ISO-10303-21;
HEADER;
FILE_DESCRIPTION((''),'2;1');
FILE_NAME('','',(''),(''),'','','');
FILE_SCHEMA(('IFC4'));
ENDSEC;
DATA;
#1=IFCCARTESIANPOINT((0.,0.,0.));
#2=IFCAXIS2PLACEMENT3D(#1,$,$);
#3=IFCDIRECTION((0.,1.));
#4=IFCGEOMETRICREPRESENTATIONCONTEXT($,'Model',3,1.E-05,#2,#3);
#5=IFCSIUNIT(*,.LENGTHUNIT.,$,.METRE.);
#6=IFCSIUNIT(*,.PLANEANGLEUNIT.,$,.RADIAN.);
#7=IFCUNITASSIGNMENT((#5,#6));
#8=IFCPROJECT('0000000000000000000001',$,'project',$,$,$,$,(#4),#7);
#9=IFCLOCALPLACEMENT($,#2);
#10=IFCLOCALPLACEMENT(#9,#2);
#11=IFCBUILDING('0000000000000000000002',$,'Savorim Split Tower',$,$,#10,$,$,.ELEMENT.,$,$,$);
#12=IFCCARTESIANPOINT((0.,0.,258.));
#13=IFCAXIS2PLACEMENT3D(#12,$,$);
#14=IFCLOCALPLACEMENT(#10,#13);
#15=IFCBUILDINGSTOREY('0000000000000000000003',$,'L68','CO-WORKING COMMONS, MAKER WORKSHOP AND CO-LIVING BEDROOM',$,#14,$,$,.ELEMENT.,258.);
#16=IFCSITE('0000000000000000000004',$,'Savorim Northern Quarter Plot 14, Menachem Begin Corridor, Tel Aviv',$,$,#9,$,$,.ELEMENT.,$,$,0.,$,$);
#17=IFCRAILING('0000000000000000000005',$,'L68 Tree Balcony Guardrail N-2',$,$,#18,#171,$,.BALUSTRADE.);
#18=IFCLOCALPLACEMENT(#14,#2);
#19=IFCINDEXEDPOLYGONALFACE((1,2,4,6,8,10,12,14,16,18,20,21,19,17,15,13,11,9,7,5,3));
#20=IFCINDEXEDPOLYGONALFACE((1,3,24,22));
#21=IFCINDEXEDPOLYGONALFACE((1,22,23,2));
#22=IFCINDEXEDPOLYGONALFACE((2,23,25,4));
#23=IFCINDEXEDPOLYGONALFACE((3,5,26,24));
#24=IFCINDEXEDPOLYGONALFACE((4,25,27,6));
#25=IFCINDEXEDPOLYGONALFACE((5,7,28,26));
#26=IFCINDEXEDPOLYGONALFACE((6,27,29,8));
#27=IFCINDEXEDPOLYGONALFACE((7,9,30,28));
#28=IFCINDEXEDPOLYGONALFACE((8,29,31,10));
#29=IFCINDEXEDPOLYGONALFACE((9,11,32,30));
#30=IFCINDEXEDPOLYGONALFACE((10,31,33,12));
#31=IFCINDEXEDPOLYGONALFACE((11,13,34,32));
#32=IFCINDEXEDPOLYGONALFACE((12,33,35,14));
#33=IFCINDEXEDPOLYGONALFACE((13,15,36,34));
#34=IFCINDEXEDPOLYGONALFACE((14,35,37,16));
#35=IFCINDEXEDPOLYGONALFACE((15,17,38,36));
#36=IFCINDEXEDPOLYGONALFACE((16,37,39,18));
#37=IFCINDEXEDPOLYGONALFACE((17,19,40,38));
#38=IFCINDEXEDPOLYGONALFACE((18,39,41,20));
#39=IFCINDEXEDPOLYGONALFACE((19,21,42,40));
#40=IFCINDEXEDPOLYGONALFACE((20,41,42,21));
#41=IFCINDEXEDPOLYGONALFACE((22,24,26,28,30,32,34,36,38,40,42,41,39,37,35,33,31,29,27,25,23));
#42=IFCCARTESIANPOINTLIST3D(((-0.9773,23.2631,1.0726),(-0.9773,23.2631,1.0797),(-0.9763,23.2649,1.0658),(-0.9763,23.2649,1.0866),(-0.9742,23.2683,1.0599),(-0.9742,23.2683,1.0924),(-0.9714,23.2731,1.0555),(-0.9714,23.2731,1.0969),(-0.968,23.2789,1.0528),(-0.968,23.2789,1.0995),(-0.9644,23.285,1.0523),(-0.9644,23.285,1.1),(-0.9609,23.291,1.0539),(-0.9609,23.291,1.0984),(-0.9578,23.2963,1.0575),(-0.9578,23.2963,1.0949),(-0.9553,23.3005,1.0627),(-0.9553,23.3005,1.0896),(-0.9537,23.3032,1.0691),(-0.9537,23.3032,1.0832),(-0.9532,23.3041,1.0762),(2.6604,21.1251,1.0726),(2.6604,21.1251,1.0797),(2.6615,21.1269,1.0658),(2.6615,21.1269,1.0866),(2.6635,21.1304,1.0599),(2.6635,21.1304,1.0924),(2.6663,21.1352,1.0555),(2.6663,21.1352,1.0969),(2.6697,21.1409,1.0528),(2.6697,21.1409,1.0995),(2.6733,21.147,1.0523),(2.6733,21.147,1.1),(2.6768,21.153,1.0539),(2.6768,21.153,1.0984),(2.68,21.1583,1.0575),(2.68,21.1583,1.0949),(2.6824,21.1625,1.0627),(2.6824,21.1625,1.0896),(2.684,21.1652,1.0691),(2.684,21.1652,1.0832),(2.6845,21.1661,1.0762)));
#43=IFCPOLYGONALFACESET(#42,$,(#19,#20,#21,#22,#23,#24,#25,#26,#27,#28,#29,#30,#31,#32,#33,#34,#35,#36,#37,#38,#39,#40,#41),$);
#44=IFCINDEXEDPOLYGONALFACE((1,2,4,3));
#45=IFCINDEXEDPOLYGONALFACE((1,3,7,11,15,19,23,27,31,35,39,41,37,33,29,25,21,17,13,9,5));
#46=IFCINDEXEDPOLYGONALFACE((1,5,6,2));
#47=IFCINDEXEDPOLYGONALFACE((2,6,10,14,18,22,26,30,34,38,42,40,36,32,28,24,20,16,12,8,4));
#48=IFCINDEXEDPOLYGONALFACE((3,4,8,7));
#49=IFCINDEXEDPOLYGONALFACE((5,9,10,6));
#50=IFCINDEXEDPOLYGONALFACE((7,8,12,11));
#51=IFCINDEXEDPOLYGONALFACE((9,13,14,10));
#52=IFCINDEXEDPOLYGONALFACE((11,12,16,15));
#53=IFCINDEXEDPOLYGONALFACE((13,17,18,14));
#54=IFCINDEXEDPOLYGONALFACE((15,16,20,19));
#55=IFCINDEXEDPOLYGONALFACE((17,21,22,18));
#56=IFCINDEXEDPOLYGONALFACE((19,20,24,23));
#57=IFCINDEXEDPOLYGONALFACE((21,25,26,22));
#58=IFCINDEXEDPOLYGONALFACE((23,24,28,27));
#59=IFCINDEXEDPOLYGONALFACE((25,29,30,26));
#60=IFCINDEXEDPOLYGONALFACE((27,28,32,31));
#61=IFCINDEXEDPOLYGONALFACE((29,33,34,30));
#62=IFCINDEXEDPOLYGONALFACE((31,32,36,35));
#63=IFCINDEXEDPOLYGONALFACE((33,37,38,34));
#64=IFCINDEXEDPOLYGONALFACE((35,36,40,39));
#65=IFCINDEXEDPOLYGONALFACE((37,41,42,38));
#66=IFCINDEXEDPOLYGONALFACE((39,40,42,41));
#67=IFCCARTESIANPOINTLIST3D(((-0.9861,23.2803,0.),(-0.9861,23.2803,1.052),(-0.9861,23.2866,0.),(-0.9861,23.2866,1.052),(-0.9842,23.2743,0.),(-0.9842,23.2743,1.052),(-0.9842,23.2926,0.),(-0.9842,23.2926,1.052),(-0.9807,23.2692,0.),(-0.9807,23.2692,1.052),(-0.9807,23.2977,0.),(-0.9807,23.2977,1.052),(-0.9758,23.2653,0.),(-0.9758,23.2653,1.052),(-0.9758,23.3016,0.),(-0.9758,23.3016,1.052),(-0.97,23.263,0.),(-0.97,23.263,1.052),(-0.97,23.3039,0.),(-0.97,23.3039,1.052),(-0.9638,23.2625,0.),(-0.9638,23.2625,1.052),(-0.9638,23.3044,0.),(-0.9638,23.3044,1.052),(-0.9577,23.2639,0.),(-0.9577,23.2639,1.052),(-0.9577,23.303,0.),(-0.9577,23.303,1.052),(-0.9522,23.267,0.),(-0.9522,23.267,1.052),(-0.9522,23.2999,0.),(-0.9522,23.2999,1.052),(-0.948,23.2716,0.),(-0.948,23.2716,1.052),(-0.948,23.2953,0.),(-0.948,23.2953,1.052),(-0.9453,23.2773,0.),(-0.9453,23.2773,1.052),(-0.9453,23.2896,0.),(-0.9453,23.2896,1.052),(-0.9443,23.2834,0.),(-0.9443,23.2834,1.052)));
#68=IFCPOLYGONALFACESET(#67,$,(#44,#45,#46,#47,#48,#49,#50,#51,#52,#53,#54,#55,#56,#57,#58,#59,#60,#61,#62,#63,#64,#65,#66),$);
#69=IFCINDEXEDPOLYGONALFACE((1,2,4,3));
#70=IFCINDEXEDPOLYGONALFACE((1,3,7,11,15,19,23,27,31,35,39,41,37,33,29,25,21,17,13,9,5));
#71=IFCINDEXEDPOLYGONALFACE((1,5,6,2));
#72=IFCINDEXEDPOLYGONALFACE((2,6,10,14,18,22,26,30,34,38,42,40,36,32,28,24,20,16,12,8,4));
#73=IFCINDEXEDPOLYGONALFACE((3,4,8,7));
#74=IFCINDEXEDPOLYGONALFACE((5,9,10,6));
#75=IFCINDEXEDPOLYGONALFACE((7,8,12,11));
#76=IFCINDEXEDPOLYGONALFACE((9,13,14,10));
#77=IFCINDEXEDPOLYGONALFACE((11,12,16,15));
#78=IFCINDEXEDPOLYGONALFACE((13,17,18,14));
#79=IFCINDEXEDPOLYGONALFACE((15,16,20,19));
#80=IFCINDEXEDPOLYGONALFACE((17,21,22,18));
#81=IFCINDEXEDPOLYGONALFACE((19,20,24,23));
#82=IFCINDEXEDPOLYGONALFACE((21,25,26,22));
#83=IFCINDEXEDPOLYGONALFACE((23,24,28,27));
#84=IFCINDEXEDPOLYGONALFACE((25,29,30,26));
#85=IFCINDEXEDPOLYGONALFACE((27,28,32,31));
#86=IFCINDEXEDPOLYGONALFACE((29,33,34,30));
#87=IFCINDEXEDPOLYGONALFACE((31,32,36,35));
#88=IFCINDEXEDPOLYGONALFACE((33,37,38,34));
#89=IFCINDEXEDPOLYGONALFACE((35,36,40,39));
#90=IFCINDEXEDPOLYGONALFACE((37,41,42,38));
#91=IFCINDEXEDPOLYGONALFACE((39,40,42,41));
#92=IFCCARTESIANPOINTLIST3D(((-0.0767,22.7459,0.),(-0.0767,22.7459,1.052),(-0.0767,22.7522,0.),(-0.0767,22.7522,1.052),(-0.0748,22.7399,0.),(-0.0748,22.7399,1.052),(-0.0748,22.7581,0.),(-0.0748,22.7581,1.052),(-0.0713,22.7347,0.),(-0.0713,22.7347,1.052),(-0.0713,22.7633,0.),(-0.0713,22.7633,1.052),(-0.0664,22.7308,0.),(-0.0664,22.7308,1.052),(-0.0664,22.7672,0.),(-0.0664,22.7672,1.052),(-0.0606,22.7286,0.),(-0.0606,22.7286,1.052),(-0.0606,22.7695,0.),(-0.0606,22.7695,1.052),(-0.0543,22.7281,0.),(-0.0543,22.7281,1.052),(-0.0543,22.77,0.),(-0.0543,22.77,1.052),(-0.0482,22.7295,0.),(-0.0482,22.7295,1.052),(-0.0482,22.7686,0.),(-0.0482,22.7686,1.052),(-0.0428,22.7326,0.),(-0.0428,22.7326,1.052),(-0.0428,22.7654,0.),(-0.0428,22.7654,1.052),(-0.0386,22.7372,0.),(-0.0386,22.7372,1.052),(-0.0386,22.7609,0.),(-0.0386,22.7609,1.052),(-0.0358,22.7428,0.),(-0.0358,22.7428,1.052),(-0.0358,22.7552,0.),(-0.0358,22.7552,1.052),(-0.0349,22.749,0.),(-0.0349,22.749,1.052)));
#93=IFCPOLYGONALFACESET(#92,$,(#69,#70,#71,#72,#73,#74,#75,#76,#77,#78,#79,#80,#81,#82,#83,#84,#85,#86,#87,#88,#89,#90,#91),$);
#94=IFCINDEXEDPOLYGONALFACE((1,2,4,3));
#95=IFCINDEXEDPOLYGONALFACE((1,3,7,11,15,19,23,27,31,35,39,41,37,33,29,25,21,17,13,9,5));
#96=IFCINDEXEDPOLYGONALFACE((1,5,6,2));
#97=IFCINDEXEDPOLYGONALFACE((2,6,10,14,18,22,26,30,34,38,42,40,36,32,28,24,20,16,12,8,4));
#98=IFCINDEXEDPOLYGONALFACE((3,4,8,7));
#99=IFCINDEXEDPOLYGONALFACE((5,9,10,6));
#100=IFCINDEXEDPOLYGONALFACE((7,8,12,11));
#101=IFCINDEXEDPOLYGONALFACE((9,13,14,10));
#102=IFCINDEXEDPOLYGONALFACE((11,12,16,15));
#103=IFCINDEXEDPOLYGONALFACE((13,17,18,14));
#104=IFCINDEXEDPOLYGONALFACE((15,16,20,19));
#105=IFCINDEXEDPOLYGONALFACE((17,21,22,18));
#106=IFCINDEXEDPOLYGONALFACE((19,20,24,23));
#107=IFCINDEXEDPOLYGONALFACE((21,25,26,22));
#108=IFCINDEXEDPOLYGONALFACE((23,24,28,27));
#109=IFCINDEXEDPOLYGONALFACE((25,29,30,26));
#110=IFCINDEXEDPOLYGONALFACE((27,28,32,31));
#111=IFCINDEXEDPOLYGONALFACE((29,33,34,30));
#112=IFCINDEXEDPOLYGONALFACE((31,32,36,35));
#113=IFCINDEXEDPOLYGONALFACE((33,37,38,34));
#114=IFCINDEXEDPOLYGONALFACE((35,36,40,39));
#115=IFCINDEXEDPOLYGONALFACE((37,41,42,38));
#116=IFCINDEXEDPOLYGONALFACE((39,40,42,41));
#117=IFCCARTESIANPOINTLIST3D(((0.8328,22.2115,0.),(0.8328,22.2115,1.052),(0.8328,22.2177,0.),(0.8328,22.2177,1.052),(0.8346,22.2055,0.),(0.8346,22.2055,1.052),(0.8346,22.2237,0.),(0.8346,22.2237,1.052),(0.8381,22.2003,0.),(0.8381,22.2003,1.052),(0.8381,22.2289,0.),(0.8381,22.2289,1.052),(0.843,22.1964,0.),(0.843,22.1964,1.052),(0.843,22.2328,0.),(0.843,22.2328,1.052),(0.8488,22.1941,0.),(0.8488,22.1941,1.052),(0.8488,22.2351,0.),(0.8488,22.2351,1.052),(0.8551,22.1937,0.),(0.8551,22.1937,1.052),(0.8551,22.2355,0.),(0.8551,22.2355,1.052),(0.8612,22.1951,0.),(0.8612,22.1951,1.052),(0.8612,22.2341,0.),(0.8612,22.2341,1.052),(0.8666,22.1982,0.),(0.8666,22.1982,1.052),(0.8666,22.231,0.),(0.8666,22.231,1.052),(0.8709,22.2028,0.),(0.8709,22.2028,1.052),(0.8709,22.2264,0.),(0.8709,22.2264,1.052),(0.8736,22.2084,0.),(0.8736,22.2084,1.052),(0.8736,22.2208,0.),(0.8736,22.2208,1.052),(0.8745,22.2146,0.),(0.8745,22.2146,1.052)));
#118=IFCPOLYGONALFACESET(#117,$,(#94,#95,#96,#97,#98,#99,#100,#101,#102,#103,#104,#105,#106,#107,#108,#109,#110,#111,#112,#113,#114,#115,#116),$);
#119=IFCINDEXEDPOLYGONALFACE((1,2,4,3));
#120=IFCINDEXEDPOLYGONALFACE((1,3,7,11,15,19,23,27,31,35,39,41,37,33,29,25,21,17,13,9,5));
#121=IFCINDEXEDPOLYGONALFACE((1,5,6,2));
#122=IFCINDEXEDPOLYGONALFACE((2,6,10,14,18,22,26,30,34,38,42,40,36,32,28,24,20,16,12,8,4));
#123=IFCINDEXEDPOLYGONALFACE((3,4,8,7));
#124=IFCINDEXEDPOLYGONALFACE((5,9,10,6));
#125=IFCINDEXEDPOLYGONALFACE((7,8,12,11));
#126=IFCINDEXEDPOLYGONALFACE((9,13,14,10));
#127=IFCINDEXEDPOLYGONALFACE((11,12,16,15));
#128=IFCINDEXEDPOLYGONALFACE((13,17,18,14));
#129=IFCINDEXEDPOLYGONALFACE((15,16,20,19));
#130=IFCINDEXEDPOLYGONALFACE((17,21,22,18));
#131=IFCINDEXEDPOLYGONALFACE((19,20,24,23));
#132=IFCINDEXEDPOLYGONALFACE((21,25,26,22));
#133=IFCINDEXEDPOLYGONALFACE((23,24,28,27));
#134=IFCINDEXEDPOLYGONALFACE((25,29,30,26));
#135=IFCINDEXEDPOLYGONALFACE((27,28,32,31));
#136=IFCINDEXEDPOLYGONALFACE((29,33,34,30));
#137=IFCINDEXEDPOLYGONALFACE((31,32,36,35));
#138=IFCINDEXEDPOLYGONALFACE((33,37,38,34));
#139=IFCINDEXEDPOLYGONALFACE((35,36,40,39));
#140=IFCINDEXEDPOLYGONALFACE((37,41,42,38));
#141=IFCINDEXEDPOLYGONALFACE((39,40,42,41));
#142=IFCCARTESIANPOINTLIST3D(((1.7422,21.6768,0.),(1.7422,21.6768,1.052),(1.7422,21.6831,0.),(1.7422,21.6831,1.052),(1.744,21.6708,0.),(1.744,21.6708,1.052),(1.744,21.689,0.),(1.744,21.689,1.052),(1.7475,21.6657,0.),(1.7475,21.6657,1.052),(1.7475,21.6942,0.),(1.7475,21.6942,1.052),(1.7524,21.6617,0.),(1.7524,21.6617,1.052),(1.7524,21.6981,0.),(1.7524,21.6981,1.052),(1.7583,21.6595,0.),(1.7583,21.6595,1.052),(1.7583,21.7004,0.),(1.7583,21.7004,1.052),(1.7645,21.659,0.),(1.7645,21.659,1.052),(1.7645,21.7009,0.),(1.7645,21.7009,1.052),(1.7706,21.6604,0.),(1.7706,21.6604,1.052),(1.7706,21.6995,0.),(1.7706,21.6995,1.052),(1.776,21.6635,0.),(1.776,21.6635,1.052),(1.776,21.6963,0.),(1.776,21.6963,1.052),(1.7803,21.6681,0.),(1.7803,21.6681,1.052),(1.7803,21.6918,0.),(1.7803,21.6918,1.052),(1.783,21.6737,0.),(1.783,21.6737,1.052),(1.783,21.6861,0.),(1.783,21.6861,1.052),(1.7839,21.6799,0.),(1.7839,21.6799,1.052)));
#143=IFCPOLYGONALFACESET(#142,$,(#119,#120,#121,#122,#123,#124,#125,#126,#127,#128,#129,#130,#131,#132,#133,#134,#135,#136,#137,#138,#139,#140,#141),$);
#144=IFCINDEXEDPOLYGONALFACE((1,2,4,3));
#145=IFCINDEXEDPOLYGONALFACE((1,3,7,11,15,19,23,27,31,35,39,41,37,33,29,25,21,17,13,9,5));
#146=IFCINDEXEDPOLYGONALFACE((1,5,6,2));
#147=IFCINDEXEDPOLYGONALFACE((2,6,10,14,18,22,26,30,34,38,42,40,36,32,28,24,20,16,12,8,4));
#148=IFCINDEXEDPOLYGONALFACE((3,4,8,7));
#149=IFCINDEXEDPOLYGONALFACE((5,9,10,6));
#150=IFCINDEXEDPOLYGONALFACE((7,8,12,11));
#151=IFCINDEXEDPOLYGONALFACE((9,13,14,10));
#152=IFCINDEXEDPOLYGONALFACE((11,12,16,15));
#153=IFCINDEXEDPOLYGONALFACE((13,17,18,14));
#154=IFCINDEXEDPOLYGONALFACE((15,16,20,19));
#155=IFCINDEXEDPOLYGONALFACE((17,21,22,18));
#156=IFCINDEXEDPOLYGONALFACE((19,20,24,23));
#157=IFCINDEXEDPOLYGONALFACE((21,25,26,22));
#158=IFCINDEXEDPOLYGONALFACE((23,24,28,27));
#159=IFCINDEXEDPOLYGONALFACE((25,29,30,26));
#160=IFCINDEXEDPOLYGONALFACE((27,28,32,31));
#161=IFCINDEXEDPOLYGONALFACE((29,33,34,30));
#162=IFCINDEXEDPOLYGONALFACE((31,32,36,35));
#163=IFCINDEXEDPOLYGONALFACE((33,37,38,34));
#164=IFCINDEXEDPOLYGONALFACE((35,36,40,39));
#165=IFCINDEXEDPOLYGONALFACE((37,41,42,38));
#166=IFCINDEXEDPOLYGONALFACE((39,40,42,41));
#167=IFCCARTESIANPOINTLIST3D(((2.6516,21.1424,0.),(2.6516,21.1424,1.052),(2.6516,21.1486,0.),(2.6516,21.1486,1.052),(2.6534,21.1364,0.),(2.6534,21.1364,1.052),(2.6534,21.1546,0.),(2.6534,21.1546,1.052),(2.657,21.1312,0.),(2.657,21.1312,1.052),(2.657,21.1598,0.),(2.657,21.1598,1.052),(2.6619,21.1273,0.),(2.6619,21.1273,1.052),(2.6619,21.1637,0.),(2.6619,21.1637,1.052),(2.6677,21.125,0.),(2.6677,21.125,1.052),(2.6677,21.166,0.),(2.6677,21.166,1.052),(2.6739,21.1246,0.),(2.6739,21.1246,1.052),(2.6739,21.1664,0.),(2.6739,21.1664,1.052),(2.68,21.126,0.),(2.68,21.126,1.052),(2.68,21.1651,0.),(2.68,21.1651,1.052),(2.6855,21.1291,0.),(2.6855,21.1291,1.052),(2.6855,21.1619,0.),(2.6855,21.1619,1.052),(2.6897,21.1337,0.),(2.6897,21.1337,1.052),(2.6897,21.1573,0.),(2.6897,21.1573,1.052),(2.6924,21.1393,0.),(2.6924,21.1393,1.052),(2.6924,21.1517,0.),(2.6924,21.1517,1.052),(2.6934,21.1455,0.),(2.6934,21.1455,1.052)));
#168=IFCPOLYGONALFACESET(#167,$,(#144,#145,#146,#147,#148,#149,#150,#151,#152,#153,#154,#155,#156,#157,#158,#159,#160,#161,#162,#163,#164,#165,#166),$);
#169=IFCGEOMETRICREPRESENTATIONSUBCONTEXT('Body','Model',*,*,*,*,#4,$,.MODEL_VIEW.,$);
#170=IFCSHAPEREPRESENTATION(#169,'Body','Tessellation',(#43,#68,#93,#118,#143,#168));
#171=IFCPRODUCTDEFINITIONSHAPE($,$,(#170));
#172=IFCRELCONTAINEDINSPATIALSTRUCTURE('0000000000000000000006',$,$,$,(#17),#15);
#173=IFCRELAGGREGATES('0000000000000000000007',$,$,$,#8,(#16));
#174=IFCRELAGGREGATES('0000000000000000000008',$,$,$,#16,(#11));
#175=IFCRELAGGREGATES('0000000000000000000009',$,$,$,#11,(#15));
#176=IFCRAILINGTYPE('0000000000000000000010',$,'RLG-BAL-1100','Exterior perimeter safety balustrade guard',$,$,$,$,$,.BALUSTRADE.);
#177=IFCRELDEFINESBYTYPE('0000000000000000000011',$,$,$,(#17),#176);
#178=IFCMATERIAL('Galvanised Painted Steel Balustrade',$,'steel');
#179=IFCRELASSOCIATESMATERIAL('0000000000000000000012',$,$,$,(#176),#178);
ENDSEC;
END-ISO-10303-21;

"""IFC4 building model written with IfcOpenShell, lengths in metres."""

from ifc_helpers import new_model, si_unit, direction, frame, origin, origin_2d, place, context, subcontext, project, spatial, circle, extrude, material, type_object, element, save


model = new_model("IFC4")

# Units and contexts
model_context = context("Model", 3, precision=1e-05, world=origin(), true_north=direction((0.0, 1.0)))
body_context = subcontext(model_context, "Body", "Model", "MODEL_VIEW")
ifc_project = project(units=[si_unit("LENGTHUNIT", "METRE"), si_unit("PLANEANGLEUNIT", "RADIAN")], contexts=[model_context])

# Site, building, storey
site_placement = place(None, origin())
site = spatial("IfcSite", under=ifc_project, at=site_placement, Name="Savorim Northern Quarter Plot 14, Menachem Begin Corridor, Tel Aviv", CompositionType="ELEMENT", RefElevation=0.0)
building_placement = place(site_placement, origin())
building = spatial("IfcBuilding", under=site, at=building_placement, Name="Savorim Split Tower", CompositionType="ELEMENT")
storey_placement = place(building_placement, frame((0.0, 0.0, 258.0)))
storey = spatial("IfcBuildingStorey", under=building, at=storey_placement, Name="L68", Description="CO-WORKING COMMONS, MAKER WORKSHOP AND CO-LIVING BEDROOM", CompositionType="ELEMENT", Elevation=258.0)

# Railing
ifc_material_1 = material(Name="Galvanised Painted Steel Balustrade", Category="steel")
railing_type = type_object("IfcRailingType", Name="RLG-BAL-1100", Description="Exterior perimeter safety balustrade guard", PredefinedType="BALUSTRADE", material=ifc_material_1)
railing_1_placement = place(storey_placement, frame((-0.9653, 23.2834, 0.0)))
element("IfcRailing", 1, at=railing_1_placement, inside=storey, type_object=railing_type, Name="L68 Tree Balcony Guardrail N-2", PredefinedType="BALUSTRADE", context=body_context, shape_type="SweptSolid", body=[
    extrude(circle(Radius=0.0239, at=origin_2d()), frame((0.0, 0.0, 1.0762), z_axis=(0.862129, -0.506689, 0.0), x_axis=(0.506689, 0.862129, 0.0)), (0.0, 0.0, 1.0), 4.2195),
    extrude(circle(Radius=0.021, at=origin_2d()), origin(), (0.0, 0.0, 1.0), 1.052),
    extrude(circle(Radius=0.021, at=origin_2d()), frame((0.9094, -0.5344, 0.0)), (0.0, 0.0, 1.0), 1.052),
    extrude(circle(Radius=0.021, at=origin_2d()), frame((1.8188, -1.0688, 0.0)), (0.0, 0.0, 1.0), 1.052),
    extrude(circle(Radius=0.021, at=origin_2d()), frame((2.7283, -1.6035, 0.0)), (0.0, 0.0, 1.0), 1.052),
    extrude(circle(Radius=0.021, at=origin_2d()), frame((3.6377, -2.1379, 0.0)), (0.0, 0.0, 1.0), 1.052),
])

save(model, "model.ifc")
